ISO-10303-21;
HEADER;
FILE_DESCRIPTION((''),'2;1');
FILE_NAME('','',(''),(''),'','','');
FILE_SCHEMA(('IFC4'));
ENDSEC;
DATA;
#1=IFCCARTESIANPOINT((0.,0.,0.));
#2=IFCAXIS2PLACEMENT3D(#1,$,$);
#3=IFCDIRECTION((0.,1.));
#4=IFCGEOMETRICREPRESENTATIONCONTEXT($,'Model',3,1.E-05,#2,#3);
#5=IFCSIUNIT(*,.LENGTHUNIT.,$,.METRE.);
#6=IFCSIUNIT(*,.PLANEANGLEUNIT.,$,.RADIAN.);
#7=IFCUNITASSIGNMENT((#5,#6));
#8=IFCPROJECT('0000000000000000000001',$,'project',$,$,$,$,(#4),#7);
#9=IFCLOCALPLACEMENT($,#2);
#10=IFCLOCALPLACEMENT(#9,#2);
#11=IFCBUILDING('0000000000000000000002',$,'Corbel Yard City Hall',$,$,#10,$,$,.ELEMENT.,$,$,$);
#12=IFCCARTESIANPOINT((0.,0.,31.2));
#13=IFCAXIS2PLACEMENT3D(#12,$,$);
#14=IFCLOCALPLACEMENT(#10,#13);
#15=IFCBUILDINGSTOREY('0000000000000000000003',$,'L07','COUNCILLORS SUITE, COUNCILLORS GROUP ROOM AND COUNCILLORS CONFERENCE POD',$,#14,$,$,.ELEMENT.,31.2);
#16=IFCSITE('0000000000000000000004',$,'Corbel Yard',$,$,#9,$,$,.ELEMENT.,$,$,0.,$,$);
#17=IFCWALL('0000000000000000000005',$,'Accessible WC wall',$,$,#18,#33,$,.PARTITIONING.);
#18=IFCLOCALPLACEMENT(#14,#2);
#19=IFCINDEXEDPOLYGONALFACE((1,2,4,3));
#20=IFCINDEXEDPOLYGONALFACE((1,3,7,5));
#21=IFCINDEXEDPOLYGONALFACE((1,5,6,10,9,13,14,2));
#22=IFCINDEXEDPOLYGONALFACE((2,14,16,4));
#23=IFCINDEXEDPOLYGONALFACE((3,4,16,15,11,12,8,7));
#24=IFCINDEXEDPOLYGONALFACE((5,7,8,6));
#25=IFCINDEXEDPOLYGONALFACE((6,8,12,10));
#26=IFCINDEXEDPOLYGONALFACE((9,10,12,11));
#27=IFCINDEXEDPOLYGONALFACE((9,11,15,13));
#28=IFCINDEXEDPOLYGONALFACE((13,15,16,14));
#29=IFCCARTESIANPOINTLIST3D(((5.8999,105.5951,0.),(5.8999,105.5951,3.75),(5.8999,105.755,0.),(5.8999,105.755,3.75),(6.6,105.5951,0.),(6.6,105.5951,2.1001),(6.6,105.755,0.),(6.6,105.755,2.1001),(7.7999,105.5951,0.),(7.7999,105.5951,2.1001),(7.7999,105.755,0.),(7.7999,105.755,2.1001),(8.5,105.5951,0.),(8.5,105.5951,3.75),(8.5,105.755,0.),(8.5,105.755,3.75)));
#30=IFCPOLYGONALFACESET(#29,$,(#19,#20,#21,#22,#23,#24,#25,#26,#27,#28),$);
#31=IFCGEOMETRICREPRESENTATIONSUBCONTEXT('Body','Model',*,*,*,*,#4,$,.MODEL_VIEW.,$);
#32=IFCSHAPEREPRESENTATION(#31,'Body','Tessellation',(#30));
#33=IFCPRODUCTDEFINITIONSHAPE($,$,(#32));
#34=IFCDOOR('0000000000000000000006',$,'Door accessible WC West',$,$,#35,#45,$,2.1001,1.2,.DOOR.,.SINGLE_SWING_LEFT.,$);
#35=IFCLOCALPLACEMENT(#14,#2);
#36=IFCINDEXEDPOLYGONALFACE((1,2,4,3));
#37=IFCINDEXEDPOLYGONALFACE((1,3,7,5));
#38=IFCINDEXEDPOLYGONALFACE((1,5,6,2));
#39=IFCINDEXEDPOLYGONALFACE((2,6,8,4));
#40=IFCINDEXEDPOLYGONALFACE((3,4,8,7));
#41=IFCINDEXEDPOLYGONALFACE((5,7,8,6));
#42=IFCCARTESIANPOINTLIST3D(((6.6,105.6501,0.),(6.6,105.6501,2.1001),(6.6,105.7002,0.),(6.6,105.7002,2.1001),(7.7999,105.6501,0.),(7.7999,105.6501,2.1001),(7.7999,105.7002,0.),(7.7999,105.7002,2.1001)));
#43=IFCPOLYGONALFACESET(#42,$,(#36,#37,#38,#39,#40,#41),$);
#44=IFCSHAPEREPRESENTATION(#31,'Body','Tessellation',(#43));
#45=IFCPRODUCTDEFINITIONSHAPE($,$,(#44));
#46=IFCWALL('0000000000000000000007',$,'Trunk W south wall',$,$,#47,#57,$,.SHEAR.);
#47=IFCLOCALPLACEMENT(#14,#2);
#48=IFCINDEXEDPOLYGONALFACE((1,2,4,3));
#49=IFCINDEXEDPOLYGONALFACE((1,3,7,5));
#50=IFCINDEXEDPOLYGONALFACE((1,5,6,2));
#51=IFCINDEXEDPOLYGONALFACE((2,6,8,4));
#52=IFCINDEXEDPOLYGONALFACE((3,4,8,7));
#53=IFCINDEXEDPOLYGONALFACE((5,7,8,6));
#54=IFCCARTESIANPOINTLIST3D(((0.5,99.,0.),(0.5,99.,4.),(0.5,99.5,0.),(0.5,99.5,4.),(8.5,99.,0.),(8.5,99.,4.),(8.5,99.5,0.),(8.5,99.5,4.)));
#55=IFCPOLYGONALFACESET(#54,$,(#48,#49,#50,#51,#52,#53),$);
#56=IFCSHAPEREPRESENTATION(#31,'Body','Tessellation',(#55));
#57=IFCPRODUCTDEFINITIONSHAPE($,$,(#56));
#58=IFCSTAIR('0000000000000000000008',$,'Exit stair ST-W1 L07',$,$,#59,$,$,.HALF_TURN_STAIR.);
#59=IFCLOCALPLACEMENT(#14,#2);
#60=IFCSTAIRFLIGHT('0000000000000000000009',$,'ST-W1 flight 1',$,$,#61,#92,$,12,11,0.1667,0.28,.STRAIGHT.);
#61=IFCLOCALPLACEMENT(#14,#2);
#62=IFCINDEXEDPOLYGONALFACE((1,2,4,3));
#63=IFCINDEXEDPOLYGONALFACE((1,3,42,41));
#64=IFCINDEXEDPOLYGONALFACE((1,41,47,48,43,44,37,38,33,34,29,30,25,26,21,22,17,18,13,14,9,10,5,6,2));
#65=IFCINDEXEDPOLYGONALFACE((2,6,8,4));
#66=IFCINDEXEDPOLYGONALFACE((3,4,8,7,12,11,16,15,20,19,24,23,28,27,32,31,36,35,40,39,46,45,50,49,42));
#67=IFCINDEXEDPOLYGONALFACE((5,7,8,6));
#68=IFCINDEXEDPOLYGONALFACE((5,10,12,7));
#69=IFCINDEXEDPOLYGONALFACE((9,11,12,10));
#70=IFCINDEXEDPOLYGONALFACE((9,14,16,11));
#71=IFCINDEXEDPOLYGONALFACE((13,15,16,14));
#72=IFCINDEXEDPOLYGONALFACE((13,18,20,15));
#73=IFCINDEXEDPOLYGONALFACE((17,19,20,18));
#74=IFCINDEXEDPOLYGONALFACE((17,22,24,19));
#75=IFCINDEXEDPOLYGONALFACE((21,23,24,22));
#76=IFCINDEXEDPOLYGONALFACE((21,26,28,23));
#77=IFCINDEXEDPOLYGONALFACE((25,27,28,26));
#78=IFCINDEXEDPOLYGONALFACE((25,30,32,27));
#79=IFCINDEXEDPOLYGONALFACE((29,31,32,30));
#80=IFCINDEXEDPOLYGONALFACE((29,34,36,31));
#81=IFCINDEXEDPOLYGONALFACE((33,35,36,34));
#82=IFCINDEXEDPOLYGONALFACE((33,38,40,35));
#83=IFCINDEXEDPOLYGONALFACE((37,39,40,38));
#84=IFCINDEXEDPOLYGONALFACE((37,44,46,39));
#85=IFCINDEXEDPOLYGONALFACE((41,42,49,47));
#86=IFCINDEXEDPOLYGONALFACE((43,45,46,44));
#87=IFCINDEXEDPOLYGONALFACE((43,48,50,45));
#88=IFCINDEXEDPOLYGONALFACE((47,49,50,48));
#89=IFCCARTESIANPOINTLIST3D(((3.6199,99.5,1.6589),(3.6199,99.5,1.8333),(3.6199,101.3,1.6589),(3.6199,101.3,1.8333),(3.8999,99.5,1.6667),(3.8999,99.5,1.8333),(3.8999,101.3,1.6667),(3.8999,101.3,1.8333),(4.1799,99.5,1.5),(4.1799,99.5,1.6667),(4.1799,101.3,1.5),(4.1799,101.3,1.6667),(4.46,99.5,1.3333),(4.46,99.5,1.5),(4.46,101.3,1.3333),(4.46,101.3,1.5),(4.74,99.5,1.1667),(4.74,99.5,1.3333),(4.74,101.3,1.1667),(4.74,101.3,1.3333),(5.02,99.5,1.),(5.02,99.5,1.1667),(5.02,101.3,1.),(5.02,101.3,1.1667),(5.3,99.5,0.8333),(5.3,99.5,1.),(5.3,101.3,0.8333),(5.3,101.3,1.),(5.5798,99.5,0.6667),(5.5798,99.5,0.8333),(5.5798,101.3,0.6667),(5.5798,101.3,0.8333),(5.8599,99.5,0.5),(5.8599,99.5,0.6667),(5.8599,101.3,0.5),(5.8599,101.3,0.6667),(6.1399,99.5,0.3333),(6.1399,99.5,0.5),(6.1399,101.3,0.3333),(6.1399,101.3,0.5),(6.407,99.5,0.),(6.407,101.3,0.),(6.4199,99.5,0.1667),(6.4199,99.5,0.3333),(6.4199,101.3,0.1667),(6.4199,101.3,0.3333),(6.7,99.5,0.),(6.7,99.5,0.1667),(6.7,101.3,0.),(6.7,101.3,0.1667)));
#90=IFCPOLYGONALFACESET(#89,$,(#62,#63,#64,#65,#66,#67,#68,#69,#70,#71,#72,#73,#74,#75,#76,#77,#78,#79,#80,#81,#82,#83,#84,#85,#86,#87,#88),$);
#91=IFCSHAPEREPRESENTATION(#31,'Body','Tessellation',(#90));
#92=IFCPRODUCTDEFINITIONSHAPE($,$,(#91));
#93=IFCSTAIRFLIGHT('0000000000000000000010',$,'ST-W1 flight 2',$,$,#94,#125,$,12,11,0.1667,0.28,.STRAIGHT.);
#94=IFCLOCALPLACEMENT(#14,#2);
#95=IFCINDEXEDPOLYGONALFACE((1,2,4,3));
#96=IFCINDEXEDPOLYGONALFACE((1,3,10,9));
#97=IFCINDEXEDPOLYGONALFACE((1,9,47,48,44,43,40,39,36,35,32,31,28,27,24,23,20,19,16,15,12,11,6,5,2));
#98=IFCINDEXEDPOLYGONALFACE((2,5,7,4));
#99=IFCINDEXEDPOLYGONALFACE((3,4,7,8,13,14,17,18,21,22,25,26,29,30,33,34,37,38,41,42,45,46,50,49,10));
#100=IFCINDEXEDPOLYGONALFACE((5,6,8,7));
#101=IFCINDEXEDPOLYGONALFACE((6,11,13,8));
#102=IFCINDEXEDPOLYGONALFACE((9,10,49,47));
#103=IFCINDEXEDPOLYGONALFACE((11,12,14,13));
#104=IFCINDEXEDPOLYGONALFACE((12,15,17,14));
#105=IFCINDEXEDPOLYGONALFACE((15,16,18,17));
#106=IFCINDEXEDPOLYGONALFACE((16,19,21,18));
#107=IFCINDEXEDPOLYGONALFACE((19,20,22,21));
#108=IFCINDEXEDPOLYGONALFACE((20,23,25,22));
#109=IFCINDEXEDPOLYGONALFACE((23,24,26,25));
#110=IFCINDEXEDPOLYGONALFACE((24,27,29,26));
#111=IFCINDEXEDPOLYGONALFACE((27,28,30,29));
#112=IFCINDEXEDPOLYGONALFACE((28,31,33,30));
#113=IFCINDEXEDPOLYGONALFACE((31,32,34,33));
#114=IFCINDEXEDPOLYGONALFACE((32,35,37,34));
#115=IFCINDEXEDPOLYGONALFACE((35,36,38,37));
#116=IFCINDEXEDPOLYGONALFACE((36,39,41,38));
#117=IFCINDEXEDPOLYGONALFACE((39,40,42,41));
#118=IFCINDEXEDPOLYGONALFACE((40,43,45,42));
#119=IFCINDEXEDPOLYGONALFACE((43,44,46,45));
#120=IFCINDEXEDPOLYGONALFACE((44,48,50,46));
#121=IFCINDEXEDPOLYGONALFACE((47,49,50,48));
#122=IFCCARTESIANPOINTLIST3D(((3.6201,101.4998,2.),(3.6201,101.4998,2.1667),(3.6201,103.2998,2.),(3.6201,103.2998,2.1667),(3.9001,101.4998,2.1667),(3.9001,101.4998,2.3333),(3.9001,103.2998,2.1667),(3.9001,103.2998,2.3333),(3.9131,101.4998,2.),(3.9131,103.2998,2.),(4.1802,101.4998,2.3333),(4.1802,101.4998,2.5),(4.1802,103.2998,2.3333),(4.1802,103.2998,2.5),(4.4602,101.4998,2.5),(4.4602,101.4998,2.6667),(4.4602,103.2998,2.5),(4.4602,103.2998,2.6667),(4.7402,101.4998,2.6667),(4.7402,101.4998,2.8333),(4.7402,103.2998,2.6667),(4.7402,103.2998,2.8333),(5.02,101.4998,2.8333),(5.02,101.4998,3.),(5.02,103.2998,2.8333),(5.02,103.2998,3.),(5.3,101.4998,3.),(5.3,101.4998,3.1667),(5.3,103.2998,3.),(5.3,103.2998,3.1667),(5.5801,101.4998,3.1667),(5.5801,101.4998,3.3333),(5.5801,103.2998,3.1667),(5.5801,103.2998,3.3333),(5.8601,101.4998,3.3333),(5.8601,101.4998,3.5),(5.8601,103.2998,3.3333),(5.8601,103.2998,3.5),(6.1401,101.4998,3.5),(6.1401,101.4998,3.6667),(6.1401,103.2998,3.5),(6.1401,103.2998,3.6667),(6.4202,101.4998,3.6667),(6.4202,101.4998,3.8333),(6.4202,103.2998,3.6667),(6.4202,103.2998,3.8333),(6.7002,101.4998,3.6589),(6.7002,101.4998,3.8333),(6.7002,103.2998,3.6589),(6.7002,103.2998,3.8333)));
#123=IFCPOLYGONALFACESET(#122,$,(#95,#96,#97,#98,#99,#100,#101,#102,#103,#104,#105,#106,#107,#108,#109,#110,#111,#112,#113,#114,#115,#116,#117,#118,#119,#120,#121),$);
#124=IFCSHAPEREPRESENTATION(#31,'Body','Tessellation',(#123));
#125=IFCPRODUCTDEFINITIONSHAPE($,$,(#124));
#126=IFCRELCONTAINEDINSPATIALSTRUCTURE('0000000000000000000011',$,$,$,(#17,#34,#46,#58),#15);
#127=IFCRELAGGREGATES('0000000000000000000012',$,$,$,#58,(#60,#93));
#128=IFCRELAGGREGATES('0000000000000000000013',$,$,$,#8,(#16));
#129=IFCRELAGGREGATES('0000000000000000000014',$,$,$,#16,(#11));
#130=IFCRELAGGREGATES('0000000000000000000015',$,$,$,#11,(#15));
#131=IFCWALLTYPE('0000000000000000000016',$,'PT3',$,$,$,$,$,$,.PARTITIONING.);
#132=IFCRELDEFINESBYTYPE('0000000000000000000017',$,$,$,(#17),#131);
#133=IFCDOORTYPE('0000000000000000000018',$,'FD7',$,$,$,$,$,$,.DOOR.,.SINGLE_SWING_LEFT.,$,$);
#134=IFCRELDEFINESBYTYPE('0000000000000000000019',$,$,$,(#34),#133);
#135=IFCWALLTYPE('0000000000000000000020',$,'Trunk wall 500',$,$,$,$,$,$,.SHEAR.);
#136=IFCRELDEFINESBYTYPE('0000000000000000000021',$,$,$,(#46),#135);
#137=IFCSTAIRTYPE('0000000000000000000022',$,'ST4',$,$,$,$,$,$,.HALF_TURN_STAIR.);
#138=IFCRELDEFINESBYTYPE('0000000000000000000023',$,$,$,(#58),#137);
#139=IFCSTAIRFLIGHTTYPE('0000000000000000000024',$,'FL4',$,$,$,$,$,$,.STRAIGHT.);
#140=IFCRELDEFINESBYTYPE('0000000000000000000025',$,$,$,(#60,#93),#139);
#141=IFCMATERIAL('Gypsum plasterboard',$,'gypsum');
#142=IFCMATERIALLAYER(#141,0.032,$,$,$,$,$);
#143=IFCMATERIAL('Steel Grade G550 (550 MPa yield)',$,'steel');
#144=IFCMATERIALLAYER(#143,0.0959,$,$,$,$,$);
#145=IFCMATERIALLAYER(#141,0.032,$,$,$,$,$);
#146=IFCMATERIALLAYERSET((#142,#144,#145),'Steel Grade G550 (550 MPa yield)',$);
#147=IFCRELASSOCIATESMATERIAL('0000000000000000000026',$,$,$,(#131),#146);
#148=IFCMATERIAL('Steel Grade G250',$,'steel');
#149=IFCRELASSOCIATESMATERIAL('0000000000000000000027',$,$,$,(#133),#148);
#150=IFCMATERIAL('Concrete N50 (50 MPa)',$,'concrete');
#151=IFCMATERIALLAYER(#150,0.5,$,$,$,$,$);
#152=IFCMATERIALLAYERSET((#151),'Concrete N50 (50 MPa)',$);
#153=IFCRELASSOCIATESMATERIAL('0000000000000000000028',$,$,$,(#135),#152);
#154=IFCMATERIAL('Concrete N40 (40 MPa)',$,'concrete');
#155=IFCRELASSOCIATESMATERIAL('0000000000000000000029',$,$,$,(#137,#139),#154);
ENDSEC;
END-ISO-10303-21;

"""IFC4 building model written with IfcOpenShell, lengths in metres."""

from ifc_helpers import new_model, si_unit, direction, frame, frame_2d, origin, place, context, subcontext, project, spatial, polyline, rectangle, outline, extrude, material, layer, layer_set, type_object, element, fill, aggregate, save


model = new_model("IFC4")

# Units and contexts
model_context = context("Model", 3, precision=1e-05, world=origin(), true_north=direction((0.0, 1.0)))
body_context = subcontext(model_context, "Body", "Model", "MODEL_VIEW")
ifc_project = project(units=[si_unit("LENGTHUNIT", "METRE"), si_unit("PLANEANGLEUNIT", "RADIAN")], contexts=[model_context])

# Site, building, storey
site_placement = place(None, origin())
site = spatial("IfcSite", under=ifc_project, at=site_placement, Name="Corbel Yard", CompositionType="ELEMENT", RefElevation=0.0)
building_placement = place(site_placement, origin())
building = spatial("IfcBuilding", under=site, at=building_placement, Name="Corbel Yard City Hall", CompositionType="ELEMENT")
storey_placement = place(building_placement, frame((0.0, 0.0, 31.2)))
storey = spatial("IfcBuildingStorey", under=building, at=storey_placement, Name="L07", Description="COUNCILLORS SUITE, COUNCILLORS GROUP ROOM AND COUNCILLORS CONFERENCE POD", CompositionType="ELEMENT", Elevation=31.2)

# Shared definitions
ifc_material_1 = material(Name="Concrete N40 (40 MPa)", Category="concrete")

# Wall, opening, door
ifc_material_2 = material(Name="Gypsum plasterboard", Category="gypsum")
ifc_layer_1 = layer(ifc_material_2, 0.032)
ifc_material_3 = material(Name="Steel Grade G550 (550 MPa yield)", Category="steel")
ifc_layer_2 = layer(ifc_material_3, 0.0959)
ifc_layer_3 = layer(ifc_material_2, 0.032)
ifc_layer_set_1 = layer_set([ifc_layer_1, ifc_layer_2, ifc_layer_3], Name="Steel Grade G550 (550 MPa yield)")
wall_type_1 = type_object("IfcWallType", Name="PT3", PredefinedType="PARTITIONING", material=ifc_layer_set_1)
wall_1_placement = place(storey_placement, frame((8.5, 105.675, 0.0), z_axis=(0.0, 0.0, 1.0), x_axis=(-1.0, 0.0, 0.0)))
wall_1 = element("IfcWall", 1, at=wall_1_placement, inside=storey, type_object=wall_type_1, Name="Accessible WC wall", PredefinedType="PARTITIONING", context=body_context, shape_type="SweptSolid", body=[
    extrude(rectangle(XDim=2.6001, YDim=0.1599, at=frame_2d((1.3, 0.0))), origin(), (0.0, 0.0, 1.0), 3.75),
])
opening_1_placement = place(wall_1_placement, frame((0.7, 0.0, 0.0)))
opening_1 = element("IfcOpeningElement", 2, at=opening_1_placement, cuts=wall_1, PredefinedType="OPENING", context=body_context, shape_type="SweptSolid", body=[
    extrude(rectangle(XDim=1.2, YDim=2.1001, at=frame_2d((0.6001, 1.05))), frame((0.0, 0.0898, 0.0), z_axis=(0.0, -1.0, 0.0), x_axis=(1.0, 0.0, 0.0)), (0.0, 0.0, 1.0), 0.1799),
])
ifc_material_4 = material(Name="Steel Grade G250", Category="steel")
door_type_1 = type_object("IfcDoorType", Name="FD7", OperationType="SINGLE_SWING_LEFT", PredefinedType="DOOR", material=ifc_material_4)
door_1_placement = place(opening_1_placement, origin())
door_1 = element("IfcDoor", 3, at=door_1_placement, inside=storey, type_object=door_type_1, Name="Door accessible WC West", OperationType="SINGLE_SWING_LEFT", OverallHeight=2.1001, OverallWidth=1.2, PredefinedType="DOOR", context=body_context, shape_type="SweptSolid", body=[
    extrude(rectangle(XDim=1.2, YDim=2.1001, at=frame_2d((0.6001, 1.05))), frame((0.0, 0.0249, 0.0), z_axis=(0.0, -1.0, 0.0), x_axis=(1.0, 0.0, 0.0)), (0.0, 0.0, 1.0), 0.05),
])
fill(opening_1, door_1)

# Wall
ifc_material_5 = material(Name="Concrete N50 (50 MPa)", Category="concrete")
ifc_layer_4 = layer(ifc_material_5, 0.5)
ifc_layer_set_2 = layer_set([ifc_layer_4], Name="Concrete N50 (50 MPa)")
wall_type_2 = type_object("IfcWallType", Name="Trunk wall 500", PredefinedType="SHEAR", material=ifc_layer_set_2)
wall_2_placement = place(storey_placement, frame((0.5, 99.25, 0.0), z_axis=(0.0, 0.0, 1.0), x_axis=(1.0, 0.0, 0.0)))
element("IfcWall", 4, at=wall_2_placement, inside=storey, type_object=wall_type_2, Name="Trunk W south wall", PredefinedType="SHEAR", context=body_context, shape_type="SweptSolid", body=[
    extrude(rectangle(XDim=8.0, YDim=0.5, at=frame_2d((4.0, 0.0))), origin(), (0.0, 0.0, 1.0), 4.0),
])

# Stair, stair flights
stair_type = type_object("IfcStairType", Name="ST4", PredefinedType="HALF_TURN_STAIR", material=ifc_material_1)
stair_placement = place(storey_placement, origin())
stair = element("IfcStair", 5, at=stair_placement, inside=storey, type_object=stair_type, Name="Exit stair ST-W1 L07", PredefinedType="HALF_TURN_STAIR")
stair_flight_type = type_object("IfcStairFlightType", Name="FL4", PredefinedType="STRAIGHT", material=ifc_material_1)
stair_flight_1_placement = place(storey_placement, frame((6.7, 100.3999, 0.0), z_axis=(0.0, 0.0, 1.0), x_axis=(-1.0, 0.0, 0.0)))
stair_flight_1 = element("IfcStairFlight", 6, at=stair_flight_1_placement, type_object=stair_flight_type, Name="ST-W1 flight 1", NumberOfRisers=12, NumberOfTreads=11, PredefinedType="STRAIGHT", RiserHeight=0.1667, TreadLength=0.28, context=body_context, shape_type="SweptSolid", body=[
    extrude(outline(polyline([(0.0, 0.0), (0.0, 0.1667), (0.28, 0.1667), (0.28, 0.3333), (0.5601, 0.3333), (0.5601, 0.5), (0.8401, 0.5), (0.8401, 0.6667), (1.1201, 0.6667), (1.1201, 0.8333), (1.3999, 0.8333), (1.3999, 1.0), (1.6799, 1.0), (1.6799, 1.1667), (1.96, 1.1667), (1.96, 1.3333), (2.24, 1.3333), (2.24, 1.5), (2.52, 1.5), (2.52, 1.6667), (2.8, 1.6667), (2.8, 1.8333), (3.0801, 1.8333), (3.0801, 2.0), (3.0801, 1.6589), (0.293, 0.0), (0.0, 0.0)])), frame((0.0, 0.8999, 0.0), z_axis=(0.0, -1.0, 0.0), x_axis=(1.0, 0.0, 0.0)), (0.0, 0.0, 1.0), 1.8),
])
stair_flight_2_placement = place(storey_placement, frame((3.6201, 102.3999, 2.0), z_axis=(0.0, 0.0, 1.0), x_axis=(1.0, 0.0, 0.0)))
stair_flight_2 = element("IfcStairFlight", 7, at=stair_flight_2_placement, type_object=stair_flight_type, Name="ST-W1 flight 2", NumberOfRisers=12, NumberOfTreads=11, PredefinedType="STRAIGHT", RiserHeight=0.1667, TreadLength=0.28, context=body_context, shape_type="SweptSolid", body=[
    extrude(outline(polyline([(0.0, 0.0), (0.0, 0.1667), (0.28, 0.1667), (0.28, 0.3333), (0.5601, 0.3333), (0.5601, 0.5), (0.8401, 0.5), (0.8401, 0.6667), (1.1201, 0.6667), (1.1201, 0.8333), (1.3999, 0.8333), (1.3999, 1.0), (1.6799, 1.0), (1.6799, 1.1667), (1.96, 1.1667), (1.96, 1.3333), (2.24, 1.3333), (2.24, 1.5), (2.52, 1.5), (2.52, 1.6667), (2.8, 1.6667), (2.8, 1.8333), (3.0801, 1.8333), (3.0801, 2.0), (3.0801, 1.6589), (0.293, 0.0), (0.0, 0.0)])), frame((0.0, 0.8999, 0.0), z_axis=(0.0, -1.0, 0.0), x_axis=(1.0, 0.0, 0.0)), (0.0, 0.0, 1.0), 1.8),
])
aggregate(stair, [stair_flight_1, stair_flight_2])

save(model, "model.ifc")
